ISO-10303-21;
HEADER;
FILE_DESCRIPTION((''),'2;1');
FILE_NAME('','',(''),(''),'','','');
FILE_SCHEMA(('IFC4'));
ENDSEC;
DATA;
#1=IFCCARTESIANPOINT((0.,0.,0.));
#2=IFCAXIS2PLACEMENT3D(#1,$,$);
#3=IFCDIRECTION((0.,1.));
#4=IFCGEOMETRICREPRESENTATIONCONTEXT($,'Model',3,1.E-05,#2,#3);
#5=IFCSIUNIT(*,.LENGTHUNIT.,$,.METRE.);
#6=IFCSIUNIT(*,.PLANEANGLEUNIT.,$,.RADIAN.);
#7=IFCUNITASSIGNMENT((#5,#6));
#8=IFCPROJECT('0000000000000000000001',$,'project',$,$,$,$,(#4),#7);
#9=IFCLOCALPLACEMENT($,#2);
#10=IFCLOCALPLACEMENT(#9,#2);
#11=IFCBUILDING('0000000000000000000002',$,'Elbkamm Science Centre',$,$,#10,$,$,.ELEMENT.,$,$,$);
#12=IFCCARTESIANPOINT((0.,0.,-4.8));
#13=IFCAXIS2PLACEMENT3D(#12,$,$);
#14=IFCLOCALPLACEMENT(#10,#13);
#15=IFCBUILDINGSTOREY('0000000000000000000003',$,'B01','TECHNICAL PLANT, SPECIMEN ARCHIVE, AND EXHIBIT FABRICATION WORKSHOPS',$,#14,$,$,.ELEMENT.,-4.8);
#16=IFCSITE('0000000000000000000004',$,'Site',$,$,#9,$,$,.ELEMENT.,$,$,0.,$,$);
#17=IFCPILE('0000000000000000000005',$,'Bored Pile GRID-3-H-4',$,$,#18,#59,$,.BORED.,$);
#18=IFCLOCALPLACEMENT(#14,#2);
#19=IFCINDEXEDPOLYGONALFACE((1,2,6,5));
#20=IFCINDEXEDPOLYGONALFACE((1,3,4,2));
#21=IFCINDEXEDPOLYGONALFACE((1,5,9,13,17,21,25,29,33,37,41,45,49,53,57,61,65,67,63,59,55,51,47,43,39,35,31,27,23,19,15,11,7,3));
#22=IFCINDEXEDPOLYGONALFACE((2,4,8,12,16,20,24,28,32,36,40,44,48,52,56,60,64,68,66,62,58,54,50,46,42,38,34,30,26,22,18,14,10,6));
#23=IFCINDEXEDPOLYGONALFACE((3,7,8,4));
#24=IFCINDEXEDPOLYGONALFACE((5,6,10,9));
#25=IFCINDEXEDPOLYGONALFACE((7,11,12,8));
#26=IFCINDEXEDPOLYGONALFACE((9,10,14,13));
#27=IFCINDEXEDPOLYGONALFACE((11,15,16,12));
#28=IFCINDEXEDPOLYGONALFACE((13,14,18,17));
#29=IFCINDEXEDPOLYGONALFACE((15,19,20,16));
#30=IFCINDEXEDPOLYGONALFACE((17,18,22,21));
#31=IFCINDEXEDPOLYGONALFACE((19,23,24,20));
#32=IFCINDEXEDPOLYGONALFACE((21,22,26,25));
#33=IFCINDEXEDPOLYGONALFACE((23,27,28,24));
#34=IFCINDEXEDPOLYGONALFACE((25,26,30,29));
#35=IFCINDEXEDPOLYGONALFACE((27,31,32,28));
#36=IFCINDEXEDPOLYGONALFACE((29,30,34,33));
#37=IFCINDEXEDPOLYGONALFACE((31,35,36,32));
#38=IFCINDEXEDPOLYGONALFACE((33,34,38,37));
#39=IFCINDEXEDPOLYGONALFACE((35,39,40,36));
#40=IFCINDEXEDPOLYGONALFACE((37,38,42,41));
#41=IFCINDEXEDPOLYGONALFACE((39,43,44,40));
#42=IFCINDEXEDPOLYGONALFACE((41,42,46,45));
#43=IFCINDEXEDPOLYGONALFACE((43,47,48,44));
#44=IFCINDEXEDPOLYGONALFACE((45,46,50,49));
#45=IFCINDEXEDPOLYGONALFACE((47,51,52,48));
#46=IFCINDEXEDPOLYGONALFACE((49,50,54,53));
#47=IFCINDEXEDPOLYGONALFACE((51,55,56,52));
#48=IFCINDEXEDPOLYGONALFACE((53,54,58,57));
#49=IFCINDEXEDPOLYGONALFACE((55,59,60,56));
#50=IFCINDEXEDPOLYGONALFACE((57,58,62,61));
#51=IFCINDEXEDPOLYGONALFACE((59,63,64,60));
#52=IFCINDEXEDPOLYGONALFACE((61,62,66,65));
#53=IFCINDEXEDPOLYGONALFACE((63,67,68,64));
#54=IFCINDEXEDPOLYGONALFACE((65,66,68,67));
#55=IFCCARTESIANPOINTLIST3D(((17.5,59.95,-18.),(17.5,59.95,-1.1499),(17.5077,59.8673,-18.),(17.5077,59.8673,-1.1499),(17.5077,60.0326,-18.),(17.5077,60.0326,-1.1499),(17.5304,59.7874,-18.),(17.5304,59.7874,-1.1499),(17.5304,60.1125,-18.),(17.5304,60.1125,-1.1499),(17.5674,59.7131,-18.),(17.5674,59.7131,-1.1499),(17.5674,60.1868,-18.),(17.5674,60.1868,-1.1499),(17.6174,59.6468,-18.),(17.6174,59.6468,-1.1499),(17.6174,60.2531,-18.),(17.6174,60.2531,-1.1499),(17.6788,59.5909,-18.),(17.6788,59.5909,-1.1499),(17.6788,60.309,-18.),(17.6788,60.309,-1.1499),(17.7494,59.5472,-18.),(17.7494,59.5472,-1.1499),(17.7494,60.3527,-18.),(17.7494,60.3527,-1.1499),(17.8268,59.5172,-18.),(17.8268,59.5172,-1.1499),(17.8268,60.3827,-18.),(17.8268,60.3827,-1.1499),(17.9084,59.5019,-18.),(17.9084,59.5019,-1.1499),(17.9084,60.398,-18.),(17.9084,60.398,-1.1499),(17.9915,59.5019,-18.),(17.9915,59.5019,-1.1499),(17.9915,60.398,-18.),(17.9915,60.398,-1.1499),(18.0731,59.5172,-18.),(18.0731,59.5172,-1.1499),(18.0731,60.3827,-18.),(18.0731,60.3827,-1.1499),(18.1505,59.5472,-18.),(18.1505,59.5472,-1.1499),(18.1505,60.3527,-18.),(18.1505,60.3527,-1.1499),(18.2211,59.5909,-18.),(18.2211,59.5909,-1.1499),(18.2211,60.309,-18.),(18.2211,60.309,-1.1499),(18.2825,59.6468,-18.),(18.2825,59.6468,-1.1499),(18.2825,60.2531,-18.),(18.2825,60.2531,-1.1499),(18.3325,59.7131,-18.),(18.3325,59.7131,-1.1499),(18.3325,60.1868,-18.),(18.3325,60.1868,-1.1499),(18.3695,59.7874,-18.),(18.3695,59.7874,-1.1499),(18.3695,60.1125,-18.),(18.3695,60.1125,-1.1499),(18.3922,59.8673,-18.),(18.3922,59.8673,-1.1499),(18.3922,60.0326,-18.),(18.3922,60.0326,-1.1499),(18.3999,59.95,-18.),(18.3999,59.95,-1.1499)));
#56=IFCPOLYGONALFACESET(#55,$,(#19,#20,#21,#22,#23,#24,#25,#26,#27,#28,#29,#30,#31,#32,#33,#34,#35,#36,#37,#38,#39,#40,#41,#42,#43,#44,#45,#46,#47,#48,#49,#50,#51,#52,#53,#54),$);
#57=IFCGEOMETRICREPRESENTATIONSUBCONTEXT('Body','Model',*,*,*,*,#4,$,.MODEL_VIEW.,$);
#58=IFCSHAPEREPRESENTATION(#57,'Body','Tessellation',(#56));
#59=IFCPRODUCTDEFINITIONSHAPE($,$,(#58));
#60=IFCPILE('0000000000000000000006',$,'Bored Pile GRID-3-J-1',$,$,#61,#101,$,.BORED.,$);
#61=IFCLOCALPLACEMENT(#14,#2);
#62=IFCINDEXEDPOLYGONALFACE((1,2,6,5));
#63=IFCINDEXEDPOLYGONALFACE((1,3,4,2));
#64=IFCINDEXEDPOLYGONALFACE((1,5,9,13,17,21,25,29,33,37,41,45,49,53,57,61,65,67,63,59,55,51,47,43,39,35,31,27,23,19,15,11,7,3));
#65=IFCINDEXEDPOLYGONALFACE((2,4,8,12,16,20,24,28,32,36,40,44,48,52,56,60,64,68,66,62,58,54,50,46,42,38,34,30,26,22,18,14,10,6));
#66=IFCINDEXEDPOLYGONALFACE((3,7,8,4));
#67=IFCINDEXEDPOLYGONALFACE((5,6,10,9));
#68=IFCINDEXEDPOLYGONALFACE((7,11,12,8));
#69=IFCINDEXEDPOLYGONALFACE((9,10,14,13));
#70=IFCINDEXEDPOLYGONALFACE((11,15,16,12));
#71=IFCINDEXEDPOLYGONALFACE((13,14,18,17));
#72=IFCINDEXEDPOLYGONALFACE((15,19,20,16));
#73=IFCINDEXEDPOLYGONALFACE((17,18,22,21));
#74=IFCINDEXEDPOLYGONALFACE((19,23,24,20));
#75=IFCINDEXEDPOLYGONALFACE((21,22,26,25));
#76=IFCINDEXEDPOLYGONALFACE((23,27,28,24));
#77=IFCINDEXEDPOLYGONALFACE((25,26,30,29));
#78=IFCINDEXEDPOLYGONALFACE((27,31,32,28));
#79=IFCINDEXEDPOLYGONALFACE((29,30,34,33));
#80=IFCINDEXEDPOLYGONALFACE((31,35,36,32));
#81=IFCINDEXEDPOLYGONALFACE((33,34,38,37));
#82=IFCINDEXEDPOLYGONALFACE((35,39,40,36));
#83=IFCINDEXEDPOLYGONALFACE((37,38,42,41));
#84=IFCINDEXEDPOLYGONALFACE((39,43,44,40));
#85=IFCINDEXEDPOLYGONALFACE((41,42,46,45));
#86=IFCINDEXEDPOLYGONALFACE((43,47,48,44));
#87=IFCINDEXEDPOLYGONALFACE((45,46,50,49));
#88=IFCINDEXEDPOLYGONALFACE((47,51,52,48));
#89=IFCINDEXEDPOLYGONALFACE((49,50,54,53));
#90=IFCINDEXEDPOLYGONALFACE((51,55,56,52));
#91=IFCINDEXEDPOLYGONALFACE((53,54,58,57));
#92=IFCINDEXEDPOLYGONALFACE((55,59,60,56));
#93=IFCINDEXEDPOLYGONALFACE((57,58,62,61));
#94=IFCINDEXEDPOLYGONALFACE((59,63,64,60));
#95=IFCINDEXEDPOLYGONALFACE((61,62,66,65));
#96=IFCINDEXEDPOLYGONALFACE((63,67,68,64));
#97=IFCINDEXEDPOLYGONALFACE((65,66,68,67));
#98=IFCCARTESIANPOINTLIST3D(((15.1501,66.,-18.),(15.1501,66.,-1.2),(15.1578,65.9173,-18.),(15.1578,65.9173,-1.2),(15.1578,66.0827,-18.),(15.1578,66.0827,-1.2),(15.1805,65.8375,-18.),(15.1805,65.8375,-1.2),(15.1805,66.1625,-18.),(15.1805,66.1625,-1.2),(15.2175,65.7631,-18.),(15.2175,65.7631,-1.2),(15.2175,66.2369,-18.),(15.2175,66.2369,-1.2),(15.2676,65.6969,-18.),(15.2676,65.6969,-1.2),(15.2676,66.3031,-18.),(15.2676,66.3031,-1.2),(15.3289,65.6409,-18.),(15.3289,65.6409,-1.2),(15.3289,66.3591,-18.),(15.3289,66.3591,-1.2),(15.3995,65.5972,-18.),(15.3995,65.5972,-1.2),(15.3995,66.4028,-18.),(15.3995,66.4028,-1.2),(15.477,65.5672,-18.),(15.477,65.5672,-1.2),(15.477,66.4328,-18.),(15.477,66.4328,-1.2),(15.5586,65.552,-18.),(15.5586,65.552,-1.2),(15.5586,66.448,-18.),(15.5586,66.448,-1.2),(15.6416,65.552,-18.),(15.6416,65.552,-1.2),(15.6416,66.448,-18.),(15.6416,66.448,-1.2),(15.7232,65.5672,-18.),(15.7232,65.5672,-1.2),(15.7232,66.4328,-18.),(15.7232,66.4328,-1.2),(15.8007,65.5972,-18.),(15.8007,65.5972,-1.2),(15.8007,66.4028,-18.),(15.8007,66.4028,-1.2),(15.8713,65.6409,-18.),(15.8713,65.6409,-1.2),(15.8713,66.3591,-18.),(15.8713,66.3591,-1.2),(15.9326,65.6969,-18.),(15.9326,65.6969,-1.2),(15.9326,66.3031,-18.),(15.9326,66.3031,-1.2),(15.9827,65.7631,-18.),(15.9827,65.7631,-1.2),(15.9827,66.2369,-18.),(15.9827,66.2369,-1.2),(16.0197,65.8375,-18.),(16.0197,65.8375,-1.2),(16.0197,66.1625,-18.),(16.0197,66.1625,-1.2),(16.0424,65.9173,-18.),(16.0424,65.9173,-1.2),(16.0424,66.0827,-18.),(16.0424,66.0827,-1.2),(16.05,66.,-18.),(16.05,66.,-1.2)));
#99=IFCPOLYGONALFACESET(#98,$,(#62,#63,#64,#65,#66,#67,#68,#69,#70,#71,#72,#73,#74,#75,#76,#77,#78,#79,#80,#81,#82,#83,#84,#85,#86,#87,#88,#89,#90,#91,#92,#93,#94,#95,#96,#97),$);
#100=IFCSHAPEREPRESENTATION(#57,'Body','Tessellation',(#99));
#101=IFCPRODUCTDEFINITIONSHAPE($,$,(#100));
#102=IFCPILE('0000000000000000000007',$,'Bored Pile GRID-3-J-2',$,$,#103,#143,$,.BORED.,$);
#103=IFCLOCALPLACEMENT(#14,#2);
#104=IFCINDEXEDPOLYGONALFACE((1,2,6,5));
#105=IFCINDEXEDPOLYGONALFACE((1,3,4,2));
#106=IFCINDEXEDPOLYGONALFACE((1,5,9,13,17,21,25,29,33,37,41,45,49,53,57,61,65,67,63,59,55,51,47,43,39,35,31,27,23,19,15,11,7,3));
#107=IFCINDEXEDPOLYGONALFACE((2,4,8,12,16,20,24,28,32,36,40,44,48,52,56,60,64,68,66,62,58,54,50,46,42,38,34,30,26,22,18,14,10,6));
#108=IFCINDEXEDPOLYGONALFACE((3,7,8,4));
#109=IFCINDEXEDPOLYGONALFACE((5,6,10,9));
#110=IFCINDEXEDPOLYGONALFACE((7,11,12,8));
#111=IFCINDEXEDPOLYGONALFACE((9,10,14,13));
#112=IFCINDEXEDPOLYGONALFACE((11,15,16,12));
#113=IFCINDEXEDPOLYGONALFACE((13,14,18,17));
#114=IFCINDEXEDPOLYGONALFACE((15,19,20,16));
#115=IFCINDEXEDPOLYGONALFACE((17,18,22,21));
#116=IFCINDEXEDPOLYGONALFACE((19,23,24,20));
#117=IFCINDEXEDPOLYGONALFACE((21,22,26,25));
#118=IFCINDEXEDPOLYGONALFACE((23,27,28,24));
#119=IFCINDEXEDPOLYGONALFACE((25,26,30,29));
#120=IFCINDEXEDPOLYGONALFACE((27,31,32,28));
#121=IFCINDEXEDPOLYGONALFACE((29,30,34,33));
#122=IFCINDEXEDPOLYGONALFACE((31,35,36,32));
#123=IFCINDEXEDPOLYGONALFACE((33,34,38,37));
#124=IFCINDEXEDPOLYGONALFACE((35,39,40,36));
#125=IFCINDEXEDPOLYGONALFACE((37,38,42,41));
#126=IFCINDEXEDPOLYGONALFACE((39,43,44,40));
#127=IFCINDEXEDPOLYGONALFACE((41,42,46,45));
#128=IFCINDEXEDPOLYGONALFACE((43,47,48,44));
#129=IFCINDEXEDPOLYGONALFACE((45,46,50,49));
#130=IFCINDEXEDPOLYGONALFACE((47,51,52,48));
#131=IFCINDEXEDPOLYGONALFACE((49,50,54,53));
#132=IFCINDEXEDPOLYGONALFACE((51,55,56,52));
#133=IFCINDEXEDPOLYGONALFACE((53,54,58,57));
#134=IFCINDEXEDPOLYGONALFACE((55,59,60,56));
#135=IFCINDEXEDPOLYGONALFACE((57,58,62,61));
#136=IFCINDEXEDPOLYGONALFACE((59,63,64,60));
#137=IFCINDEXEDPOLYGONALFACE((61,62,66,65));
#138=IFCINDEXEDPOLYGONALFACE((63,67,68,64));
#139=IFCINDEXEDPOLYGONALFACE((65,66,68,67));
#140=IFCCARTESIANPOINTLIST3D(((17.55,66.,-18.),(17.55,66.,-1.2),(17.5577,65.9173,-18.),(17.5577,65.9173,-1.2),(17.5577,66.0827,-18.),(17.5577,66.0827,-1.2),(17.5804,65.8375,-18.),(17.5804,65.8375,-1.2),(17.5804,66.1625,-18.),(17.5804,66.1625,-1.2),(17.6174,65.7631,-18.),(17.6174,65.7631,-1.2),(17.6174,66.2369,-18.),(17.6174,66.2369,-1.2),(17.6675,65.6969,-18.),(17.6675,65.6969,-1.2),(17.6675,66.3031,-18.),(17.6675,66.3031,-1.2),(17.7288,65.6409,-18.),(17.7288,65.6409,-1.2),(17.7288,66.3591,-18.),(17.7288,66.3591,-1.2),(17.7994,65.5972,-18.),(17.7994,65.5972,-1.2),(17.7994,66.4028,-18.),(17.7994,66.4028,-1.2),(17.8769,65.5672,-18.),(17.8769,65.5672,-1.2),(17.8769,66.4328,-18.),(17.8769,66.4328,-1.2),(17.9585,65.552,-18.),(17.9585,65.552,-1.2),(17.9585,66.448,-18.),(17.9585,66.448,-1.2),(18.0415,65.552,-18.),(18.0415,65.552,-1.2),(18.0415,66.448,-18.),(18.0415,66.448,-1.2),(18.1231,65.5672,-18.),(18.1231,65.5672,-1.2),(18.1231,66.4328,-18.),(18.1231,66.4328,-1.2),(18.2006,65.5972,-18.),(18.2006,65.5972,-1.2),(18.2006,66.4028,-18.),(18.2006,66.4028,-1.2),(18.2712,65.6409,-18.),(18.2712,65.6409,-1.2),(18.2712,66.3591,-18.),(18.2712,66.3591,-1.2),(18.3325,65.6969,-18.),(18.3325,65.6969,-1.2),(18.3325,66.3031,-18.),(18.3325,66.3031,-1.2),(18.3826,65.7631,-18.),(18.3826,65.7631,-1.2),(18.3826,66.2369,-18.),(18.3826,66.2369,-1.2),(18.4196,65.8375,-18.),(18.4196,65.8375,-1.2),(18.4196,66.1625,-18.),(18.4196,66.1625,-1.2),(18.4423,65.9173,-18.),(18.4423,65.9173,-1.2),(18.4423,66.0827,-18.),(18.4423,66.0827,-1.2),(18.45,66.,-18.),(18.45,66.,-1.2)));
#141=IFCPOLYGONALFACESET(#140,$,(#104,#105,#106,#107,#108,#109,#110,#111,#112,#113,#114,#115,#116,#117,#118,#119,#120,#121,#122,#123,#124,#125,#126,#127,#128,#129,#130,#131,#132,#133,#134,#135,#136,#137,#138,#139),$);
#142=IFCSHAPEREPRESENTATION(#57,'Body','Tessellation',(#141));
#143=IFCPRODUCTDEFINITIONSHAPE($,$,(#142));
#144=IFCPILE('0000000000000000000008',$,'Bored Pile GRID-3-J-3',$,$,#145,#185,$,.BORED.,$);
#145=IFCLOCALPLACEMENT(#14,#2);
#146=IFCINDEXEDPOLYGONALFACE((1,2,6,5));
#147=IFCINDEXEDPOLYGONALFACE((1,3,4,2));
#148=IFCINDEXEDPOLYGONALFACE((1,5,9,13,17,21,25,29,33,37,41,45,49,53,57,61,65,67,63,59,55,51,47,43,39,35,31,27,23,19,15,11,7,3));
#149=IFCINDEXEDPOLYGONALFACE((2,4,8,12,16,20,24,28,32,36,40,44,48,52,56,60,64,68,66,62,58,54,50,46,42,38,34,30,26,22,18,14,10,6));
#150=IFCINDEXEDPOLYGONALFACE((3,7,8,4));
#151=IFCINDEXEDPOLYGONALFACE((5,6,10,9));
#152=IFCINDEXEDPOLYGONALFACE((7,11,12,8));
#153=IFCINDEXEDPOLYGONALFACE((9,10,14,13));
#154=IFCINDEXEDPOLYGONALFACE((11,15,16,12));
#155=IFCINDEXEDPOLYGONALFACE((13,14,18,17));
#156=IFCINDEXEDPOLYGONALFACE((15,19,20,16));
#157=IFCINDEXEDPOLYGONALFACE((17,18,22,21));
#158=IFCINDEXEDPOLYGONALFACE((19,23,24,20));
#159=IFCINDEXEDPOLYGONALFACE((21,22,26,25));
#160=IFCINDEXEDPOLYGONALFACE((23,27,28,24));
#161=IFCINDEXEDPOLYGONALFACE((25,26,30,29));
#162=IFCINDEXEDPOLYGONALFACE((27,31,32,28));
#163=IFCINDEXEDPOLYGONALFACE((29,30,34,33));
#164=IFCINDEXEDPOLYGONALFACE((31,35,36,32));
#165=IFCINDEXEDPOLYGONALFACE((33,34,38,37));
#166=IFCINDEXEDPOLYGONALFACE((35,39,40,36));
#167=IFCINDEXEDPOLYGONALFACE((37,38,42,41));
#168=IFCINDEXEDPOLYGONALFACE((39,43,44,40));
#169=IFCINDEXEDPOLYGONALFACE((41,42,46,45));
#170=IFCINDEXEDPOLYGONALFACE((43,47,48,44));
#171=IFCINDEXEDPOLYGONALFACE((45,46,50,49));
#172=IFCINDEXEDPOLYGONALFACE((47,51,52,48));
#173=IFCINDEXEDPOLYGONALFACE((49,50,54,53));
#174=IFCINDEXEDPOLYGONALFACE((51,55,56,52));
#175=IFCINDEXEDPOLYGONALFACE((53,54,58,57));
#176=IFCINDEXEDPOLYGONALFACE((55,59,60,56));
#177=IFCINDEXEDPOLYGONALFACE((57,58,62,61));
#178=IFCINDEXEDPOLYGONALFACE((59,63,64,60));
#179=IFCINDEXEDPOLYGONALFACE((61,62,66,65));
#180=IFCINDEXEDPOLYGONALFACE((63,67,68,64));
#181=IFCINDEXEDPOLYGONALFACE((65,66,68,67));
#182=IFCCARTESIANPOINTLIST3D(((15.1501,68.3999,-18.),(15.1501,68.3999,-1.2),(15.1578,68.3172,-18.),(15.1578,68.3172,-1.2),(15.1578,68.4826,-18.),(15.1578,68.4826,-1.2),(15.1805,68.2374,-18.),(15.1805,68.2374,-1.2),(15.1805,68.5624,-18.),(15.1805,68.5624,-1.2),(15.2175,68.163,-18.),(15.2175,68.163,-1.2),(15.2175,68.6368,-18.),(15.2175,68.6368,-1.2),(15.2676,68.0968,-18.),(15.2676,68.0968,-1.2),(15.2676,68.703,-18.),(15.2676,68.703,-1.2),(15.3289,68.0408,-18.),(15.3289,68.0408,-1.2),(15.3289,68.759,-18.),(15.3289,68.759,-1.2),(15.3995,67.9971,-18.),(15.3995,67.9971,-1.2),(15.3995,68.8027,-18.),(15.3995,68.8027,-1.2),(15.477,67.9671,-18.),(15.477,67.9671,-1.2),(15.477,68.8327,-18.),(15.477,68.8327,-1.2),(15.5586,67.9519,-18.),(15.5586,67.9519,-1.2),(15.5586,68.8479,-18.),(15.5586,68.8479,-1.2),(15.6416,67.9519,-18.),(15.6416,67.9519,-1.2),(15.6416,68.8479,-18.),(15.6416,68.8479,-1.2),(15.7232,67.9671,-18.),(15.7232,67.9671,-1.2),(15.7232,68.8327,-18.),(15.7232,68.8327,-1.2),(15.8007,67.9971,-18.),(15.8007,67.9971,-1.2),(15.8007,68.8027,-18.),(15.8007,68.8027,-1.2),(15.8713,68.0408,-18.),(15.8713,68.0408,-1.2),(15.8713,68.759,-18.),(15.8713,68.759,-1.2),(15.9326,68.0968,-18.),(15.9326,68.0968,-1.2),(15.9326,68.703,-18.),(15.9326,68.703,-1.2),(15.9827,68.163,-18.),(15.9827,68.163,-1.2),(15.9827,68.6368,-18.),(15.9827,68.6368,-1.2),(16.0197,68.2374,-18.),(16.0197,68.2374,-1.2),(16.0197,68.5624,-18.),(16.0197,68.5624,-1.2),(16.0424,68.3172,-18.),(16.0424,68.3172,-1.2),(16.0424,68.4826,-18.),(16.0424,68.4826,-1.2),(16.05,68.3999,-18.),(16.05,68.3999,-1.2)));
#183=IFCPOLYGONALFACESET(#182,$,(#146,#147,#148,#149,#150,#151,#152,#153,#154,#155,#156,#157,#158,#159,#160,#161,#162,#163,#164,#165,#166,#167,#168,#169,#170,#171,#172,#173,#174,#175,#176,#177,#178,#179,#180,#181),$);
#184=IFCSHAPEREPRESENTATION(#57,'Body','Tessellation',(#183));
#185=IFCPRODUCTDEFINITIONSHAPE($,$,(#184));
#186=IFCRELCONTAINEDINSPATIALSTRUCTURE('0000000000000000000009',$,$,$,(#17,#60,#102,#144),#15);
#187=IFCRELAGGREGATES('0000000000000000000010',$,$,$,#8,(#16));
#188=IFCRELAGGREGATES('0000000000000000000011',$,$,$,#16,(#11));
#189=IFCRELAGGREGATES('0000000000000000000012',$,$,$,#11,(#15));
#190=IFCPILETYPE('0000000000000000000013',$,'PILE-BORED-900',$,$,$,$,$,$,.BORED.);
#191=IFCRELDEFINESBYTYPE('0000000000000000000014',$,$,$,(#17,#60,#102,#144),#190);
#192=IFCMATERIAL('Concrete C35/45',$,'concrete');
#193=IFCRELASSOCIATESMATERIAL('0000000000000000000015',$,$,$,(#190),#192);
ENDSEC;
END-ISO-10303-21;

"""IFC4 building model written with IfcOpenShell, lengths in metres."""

from ifc_helpers import new_model, si_unit, direction, frame, origin, origin_2d, place, context, subcontext, project, spatial, circle, extrude, material, material_profile, profile_set, type_object, element, save


model = new_model("IFC4")

# Units and contexts
model_context = context("Model", 3, precision=1e-05, world=origin(), true_north=direction((0.0, 1.0)))
body_context = subcontext(model_context, "Body", "Model", "MODEL_VIEW")
ifc_project = project(units=[si_unit("LENGTHUNIT", "METRE"), si_unit("PLANEANGLEUNIT", "RADIAN")], contexts=[model_context])

# Site, building, storey
site_placement = place(None, origin())
site = spatial("IfcSite", under=ifc_project, at=site_placement, Name="Site", CompositionType="ELEMENT", RefElevation=0.0)
building_placement = place(site_placement, origin())
building = spatial("IfcBuilding", under=site, at=building_placement, Name="Elbkamm Science Centre", CompositionType="ELEMENT")
storey_placement = place(building_placement, frame((0.0, 0.0, -4.8)))
storey = spatial("IfcBuildingStorey", under=building, at=storey_placement, Name="B01", Description="TECHNICAL PLANT, SPECIMEN ARCHIVE, AND EXHIBIT FABRICATION WORKSHOPS", CompositionType="ELEMENT", Elevation=-4.8)

# Shared definitions
ifc_material_1 = material(Name="Concrete C35/45", Category="concrete")

# Piles
ifc_material_profile_1 = material_profile(ifc_material_1, circle(Radius=0.45, at=origin_2d()), Name="PILE D900")
ifc_profile_set_1 = profile_set([ifc_material_profile_1], Name="Concrete C35/45")
pile_type_1 = type_object("IfcPileType", Name="PILE-BORED-900", PredefinedType="BORED", material=ifc_profile_set_1)
for number, where, z_axis, x_axis, name in (
    (1, (17.95, 59.95, -1.1499), (0.0, 0.0, -1.0), (1.0, 0.0, 0.0), "Bored Pile GRID-3-H-4"),
):
    element("IfcPile", number, at=place(storey_placement, frame(where, z_axis=z_axis, x_axis=x_axis)), inside=storey, type_object=pile_type_1, Name=name, PredefinedType="BORED", context=body_context, shape_type="SweptSolid", body=[
        extrude(circle(Radius=0.45, at=origin_2d()), origin(), (0.0, 0.0, 1.0), 16.8501),
    ])
for number, where, z_axis, x_axis, name in (
    (2, (15.6001, 66.0, -1.2), (0.0, 0.0, -1.0), (1.0, 0.0, 0.0), "Bored Pile GRID-3-J-1"),
    (3, (18.0, 66.0, -1.2), (0.0, 0.0, -1.0), (1.0, 0.0, 0.0), "Bored Pile GRID-3-J-2"),
    (4, (15.6001, 68.3999, -1.2), (0.0, 0.0, -1.0), (1.0, 0.0, 0.0), "Bored Pile GRID-3-J-3"),
):
    element("IfcPile", number, at=place(storey_placement, frame(where, z_axis=z_axis, x_axis=x_axis)), inside=storey, type_object=pile_type_1, Name=name, PredefinedType="BORED", context=body_context, shape_type="SweptSolid", body=[
        extrude(circle(Radius=0.45, at=origin_2d()), origin(), (0.0, 0.0, 1.0), 16.8),
    ])

save(model, "model.ifc")
